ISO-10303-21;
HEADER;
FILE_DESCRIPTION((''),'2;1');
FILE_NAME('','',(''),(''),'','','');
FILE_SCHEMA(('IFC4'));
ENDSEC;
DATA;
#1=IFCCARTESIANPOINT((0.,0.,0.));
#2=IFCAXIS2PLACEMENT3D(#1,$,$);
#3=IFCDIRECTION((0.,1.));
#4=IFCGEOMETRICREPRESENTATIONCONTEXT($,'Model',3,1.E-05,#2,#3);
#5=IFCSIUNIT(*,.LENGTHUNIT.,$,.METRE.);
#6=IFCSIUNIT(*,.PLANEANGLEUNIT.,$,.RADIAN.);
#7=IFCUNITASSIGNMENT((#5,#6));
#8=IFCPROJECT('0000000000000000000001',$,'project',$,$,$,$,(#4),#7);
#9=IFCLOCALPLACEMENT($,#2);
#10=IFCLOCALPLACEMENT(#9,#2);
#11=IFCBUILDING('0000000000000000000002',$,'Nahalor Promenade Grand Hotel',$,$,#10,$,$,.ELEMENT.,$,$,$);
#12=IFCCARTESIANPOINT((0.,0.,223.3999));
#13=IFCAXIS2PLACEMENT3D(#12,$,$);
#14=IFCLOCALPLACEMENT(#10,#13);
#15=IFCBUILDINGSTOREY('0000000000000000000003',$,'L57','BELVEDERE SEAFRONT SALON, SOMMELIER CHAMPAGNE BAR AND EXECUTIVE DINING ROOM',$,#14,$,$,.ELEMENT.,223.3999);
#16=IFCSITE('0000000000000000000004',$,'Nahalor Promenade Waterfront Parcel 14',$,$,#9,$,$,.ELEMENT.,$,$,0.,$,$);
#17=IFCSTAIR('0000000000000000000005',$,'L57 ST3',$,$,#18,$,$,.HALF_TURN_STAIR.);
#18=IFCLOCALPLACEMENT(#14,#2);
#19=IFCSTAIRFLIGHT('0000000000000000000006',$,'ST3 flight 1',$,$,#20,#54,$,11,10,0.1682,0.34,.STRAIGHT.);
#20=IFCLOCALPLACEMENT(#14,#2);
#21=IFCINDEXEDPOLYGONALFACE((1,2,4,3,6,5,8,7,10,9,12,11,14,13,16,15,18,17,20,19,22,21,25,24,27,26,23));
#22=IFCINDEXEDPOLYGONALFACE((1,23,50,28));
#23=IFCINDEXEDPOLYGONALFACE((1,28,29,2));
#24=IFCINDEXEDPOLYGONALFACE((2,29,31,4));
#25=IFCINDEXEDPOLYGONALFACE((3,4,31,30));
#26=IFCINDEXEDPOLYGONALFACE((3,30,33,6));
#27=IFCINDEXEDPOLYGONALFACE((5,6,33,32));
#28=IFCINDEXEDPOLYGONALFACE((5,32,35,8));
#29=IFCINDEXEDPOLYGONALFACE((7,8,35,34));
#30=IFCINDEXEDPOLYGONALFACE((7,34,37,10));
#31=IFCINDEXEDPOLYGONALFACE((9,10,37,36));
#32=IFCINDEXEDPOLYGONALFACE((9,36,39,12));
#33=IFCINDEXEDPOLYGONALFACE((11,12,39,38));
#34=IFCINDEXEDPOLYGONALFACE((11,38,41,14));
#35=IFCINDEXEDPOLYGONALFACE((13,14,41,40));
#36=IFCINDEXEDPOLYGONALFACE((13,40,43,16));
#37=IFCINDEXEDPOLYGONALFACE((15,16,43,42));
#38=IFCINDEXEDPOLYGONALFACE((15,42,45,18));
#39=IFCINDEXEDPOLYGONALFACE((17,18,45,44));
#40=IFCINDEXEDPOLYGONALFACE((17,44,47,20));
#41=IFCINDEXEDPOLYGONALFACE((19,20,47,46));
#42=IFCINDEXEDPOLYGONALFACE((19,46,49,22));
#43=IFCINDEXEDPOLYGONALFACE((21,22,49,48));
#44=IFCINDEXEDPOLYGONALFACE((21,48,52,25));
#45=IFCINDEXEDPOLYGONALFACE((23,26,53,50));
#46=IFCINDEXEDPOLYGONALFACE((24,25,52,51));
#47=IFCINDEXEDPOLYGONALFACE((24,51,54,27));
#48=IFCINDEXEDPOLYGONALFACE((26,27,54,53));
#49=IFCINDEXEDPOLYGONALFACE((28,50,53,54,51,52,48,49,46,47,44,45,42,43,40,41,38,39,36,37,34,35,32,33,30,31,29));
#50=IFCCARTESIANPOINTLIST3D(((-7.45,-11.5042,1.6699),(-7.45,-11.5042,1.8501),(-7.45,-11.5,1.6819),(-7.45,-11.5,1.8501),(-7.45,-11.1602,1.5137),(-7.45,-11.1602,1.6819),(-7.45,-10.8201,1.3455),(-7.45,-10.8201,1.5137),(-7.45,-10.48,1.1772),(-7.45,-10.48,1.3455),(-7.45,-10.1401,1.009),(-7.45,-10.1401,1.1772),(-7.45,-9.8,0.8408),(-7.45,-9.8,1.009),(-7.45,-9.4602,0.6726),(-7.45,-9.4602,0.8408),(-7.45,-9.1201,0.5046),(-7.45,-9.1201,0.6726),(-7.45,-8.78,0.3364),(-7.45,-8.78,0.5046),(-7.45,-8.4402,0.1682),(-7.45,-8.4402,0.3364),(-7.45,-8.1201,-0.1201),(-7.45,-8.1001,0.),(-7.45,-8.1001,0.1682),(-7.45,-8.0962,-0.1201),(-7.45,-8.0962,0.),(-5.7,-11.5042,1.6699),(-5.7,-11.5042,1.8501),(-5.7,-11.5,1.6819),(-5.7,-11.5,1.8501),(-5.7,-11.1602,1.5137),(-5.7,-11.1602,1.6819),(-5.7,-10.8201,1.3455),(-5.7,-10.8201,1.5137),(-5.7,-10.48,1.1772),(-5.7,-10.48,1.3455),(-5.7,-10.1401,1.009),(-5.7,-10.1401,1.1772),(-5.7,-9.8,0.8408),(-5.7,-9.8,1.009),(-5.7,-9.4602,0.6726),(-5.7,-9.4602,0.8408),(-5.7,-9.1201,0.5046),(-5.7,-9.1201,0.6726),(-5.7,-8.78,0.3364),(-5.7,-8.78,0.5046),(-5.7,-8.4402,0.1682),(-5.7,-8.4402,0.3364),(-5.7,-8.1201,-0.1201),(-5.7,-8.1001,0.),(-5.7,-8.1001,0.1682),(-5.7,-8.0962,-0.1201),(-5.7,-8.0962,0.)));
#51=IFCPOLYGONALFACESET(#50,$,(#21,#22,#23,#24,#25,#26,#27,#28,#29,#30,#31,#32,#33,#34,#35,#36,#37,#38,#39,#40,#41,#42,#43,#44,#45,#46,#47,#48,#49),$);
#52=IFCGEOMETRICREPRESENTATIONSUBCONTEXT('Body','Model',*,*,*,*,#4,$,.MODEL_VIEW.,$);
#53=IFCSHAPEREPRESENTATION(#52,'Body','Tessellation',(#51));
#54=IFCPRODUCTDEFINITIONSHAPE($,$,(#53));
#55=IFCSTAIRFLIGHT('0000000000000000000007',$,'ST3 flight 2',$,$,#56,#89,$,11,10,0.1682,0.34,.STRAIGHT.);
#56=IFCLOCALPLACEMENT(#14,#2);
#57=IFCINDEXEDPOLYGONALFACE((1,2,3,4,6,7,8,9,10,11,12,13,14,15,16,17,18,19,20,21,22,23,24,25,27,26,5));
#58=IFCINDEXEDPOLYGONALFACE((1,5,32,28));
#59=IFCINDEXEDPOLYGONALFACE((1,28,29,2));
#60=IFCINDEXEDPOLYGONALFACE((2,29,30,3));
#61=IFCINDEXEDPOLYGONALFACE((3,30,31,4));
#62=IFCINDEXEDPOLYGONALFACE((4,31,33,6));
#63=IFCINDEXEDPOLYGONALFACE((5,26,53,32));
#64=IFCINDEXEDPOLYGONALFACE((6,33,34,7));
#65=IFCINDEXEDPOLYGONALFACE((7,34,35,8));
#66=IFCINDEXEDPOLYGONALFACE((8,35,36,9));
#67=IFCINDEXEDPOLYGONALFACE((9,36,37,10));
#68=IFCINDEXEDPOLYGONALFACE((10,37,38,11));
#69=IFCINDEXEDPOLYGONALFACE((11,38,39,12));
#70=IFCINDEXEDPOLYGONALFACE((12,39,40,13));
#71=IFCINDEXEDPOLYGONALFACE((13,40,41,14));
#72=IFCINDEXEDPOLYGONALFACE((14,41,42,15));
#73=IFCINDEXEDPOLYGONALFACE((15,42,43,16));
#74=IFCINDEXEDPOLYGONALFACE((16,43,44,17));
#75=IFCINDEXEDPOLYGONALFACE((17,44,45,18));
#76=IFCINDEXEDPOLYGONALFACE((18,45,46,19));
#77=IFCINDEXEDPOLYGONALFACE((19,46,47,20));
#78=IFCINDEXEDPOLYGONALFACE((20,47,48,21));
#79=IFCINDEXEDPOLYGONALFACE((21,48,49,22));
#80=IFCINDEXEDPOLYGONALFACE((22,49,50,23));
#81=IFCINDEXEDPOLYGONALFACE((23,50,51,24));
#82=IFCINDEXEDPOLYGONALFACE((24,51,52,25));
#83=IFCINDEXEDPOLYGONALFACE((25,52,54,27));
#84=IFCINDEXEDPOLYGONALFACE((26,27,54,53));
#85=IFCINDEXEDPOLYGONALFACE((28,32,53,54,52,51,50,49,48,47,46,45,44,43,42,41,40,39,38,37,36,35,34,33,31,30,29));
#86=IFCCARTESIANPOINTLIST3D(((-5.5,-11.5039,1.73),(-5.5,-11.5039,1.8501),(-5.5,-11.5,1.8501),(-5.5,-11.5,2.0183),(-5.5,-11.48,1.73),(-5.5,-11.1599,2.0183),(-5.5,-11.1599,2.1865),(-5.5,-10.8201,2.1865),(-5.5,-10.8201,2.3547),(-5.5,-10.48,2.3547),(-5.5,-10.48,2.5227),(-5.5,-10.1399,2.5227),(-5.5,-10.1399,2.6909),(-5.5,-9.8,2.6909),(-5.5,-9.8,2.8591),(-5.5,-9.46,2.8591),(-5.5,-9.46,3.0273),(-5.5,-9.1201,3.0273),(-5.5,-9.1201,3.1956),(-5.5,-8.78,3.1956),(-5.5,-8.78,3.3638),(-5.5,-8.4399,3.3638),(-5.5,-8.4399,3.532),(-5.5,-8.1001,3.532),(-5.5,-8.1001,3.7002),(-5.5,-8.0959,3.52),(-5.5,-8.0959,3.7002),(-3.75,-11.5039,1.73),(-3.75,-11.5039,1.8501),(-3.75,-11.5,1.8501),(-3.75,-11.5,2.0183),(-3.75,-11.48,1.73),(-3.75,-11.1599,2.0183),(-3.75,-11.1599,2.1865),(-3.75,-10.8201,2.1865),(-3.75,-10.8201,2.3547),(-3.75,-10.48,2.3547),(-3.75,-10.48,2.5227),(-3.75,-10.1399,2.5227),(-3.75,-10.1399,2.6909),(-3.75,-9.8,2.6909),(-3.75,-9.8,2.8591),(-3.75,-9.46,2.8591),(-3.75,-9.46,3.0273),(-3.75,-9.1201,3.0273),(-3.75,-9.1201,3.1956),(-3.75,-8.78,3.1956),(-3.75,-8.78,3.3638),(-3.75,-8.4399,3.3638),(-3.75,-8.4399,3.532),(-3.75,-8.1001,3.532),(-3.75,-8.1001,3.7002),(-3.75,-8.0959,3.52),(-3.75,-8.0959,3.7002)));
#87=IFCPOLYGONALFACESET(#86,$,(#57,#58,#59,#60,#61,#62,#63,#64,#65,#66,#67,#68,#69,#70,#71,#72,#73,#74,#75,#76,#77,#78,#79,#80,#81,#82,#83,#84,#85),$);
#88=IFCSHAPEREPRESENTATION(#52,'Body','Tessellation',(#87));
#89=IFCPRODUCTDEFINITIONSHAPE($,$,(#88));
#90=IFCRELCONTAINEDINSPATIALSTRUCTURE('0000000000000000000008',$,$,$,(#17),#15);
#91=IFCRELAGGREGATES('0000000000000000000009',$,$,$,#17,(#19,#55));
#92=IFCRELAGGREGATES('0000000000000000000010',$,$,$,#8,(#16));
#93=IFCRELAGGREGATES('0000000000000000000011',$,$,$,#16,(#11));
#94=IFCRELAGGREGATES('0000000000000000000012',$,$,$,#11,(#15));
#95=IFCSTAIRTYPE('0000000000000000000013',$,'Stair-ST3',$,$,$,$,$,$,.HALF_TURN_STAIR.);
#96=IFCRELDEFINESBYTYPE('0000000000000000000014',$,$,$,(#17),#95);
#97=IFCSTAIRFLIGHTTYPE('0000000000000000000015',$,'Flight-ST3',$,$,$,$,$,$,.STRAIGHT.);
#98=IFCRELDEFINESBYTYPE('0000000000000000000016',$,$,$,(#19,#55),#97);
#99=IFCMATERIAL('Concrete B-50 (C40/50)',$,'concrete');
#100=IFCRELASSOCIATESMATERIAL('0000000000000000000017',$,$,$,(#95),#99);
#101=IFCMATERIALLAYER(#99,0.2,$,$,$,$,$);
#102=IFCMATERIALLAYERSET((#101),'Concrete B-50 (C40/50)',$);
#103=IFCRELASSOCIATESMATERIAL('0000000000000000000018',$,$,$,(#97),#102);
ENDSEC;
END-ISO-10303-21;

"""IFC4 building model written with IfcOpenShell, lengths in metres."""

from ifc_helpers import new_model, si_unit, direction, frame, origin, place, context, subcontext, project, spatial, polyline, outline, extrude, source, transform, mapped, material, layer, layer_set, type_object, element, aggregate, save


model = new_model("IFC4")

# Units and contexts
model_context = context("Model", 3, precision=1e-05, world=origin(), true_north=direction((0.0, 1.0)))
body_context = subcontext(model_context, "Body", "Model", "MODEL_VIEW")
ifc_project = project(units=[si_unit("LENGTHUNIT", "METRE"), si_unit("PLANEANGLEUNIT", "RADIAN")], contexts=[model_context])

# Site, building, storey
site_placement = place(None, origin())
site = spatial("IfcSite", under=ifc_project, at=site_placement, Name="Nahalor Promenade Waterfront Parcel 14", CompositionType="ELEMENT", RefElevation=0.0)
building_placement = place(site_placement, origin())
building = spatial("IfcBuilding", under=site, at=building_placement, Name="Nahalor Promenade Grand Hotel", CompositionType="ELEMENT")
storey_placement = place(building_placement, frame((0.0, 0.0, 223.3999)))
storey = spatial("IfcBuildingStorey", under=building, at=storey_placement, Name="L57", Description="BELVEDERE SEAFRONT SALON, SOMMELIER CHAMPAGNE BAR AND EXECUTIVE DINING ROOM", CompositionType="ELEMENT", Elevation=223.3999)

# Shared definitions
ifc_material_1 = material(Name="Concrete B-50 (C40/50)", Category="concrete")

# Stair, stair flights
stair_type = type_object("IfcStairType", Name="Stair-ST3", PredefinedType="HALF_TURN_STAIR", material=ifc_material_1)
stair_placement = place(storey_placement, origin())
stair = element("IfcStair", 1, at=stair_placement, inside=storey, type_object=stair_type, Name="L57 ST3", PredefinedType="HALF_TURN_STAIR")
ifc_layer_1 = layer(ifc_material_1, 0.2)
ifc_layer_set_1 = layer_set([ifc_layer_1], Name="Concrete B-50 (C40/50)")
stair_flight_type = type_object("IfcStairFlightType", Name="Flight-ST3", PredefinedType="STRAIGHT", material=ifc_layer_set_1)
shared_shape_1 = source(origin(), body_context, "Body", "SweptSolid", [
    extrude(outline(polyline([(-0.0039, -0.1201), (-0.0039, 0.0), (0.0, 0.0), (0.0, 0.1682), (0.3401, 0.1682), (0.3401, 0.3364), (0.6799, 0.3364), (0.6799, 0.5046), (1.02, 0.5046), (1.02, 0.6726), (1.3601, 0.6726), (1.3601, 0.8408), (1.7, 0.8408), (1.7, 1.009), (2.04, 1.009), (2.04, 1.1772), (2.3799, 1.1772), (2.3799, 1.3455), (2.72, 1.3455), (2.72, 1.5137), (3.0601, 1.5137), (3.0601, 1.6819), (3.3999, 1.6819), (3.3999, 1.8501), (3.4041, 1.8501), (3.4041, 1.6699), (0.02, -0.1201), (-0.0039, -0.1201)])), frame((0.0, 0.875, 0.0), z_axis=(0.0, -1.0, 0.0), x_axis=(1.0, 0.0, 0.0)), (0.0, 0.0, 1.0), 1.75),
])
stair_flight_1_placement = place(storey_placement, frame((-6.575, -8.1001, 0.0), z_axis=(0.0, 0.0, 1.0), x_axis=(0.0, -1.0, 0.0)))
stair_flight_1 = element("IfcStairFlight", 2, at=stair_flight_1_placement, type_object=stair_flight_type, Name="ST3 flight 1", NumberOfRisers=11, NumberOfTreads=10, PredefinedType="STRAIGHT", RiserHeight=0.1682, TreadLength=0.34, context=body_context, shape_type="MappedRepresentation", body=[
    mapped(shared_shape_1, transform((0.0, 0.0, 0.0), scale=1.0)),
])
stair_flight_2_placement = place(storey_placement, frame((-4.625, -11.5, 1.8501), z_axis=(0.0, 0.0, 1.0), x_axis=(0.0, 1.0, 0.0)))
stair_flight_2 = element("IfcStairFlight", 3, at=stair_flight_2_placement, type_object=stair_flight_type, Name="ST3 flight 2", NumberOfRisers=11, NumberOfTreads=10, PredefinedType="STRAIGHT", RiserHeight=0.1682, TreadLength=0.34, context=body_context, shape_type="MappedRepresentation", body=[
    mapped(shared_shape_1, transform((0.0, 0.0, 0.0), scale=1.0)),
])
aggregate(stair, [stair_flight_1, stair_flight_2])

save(model, "model.ifc")
